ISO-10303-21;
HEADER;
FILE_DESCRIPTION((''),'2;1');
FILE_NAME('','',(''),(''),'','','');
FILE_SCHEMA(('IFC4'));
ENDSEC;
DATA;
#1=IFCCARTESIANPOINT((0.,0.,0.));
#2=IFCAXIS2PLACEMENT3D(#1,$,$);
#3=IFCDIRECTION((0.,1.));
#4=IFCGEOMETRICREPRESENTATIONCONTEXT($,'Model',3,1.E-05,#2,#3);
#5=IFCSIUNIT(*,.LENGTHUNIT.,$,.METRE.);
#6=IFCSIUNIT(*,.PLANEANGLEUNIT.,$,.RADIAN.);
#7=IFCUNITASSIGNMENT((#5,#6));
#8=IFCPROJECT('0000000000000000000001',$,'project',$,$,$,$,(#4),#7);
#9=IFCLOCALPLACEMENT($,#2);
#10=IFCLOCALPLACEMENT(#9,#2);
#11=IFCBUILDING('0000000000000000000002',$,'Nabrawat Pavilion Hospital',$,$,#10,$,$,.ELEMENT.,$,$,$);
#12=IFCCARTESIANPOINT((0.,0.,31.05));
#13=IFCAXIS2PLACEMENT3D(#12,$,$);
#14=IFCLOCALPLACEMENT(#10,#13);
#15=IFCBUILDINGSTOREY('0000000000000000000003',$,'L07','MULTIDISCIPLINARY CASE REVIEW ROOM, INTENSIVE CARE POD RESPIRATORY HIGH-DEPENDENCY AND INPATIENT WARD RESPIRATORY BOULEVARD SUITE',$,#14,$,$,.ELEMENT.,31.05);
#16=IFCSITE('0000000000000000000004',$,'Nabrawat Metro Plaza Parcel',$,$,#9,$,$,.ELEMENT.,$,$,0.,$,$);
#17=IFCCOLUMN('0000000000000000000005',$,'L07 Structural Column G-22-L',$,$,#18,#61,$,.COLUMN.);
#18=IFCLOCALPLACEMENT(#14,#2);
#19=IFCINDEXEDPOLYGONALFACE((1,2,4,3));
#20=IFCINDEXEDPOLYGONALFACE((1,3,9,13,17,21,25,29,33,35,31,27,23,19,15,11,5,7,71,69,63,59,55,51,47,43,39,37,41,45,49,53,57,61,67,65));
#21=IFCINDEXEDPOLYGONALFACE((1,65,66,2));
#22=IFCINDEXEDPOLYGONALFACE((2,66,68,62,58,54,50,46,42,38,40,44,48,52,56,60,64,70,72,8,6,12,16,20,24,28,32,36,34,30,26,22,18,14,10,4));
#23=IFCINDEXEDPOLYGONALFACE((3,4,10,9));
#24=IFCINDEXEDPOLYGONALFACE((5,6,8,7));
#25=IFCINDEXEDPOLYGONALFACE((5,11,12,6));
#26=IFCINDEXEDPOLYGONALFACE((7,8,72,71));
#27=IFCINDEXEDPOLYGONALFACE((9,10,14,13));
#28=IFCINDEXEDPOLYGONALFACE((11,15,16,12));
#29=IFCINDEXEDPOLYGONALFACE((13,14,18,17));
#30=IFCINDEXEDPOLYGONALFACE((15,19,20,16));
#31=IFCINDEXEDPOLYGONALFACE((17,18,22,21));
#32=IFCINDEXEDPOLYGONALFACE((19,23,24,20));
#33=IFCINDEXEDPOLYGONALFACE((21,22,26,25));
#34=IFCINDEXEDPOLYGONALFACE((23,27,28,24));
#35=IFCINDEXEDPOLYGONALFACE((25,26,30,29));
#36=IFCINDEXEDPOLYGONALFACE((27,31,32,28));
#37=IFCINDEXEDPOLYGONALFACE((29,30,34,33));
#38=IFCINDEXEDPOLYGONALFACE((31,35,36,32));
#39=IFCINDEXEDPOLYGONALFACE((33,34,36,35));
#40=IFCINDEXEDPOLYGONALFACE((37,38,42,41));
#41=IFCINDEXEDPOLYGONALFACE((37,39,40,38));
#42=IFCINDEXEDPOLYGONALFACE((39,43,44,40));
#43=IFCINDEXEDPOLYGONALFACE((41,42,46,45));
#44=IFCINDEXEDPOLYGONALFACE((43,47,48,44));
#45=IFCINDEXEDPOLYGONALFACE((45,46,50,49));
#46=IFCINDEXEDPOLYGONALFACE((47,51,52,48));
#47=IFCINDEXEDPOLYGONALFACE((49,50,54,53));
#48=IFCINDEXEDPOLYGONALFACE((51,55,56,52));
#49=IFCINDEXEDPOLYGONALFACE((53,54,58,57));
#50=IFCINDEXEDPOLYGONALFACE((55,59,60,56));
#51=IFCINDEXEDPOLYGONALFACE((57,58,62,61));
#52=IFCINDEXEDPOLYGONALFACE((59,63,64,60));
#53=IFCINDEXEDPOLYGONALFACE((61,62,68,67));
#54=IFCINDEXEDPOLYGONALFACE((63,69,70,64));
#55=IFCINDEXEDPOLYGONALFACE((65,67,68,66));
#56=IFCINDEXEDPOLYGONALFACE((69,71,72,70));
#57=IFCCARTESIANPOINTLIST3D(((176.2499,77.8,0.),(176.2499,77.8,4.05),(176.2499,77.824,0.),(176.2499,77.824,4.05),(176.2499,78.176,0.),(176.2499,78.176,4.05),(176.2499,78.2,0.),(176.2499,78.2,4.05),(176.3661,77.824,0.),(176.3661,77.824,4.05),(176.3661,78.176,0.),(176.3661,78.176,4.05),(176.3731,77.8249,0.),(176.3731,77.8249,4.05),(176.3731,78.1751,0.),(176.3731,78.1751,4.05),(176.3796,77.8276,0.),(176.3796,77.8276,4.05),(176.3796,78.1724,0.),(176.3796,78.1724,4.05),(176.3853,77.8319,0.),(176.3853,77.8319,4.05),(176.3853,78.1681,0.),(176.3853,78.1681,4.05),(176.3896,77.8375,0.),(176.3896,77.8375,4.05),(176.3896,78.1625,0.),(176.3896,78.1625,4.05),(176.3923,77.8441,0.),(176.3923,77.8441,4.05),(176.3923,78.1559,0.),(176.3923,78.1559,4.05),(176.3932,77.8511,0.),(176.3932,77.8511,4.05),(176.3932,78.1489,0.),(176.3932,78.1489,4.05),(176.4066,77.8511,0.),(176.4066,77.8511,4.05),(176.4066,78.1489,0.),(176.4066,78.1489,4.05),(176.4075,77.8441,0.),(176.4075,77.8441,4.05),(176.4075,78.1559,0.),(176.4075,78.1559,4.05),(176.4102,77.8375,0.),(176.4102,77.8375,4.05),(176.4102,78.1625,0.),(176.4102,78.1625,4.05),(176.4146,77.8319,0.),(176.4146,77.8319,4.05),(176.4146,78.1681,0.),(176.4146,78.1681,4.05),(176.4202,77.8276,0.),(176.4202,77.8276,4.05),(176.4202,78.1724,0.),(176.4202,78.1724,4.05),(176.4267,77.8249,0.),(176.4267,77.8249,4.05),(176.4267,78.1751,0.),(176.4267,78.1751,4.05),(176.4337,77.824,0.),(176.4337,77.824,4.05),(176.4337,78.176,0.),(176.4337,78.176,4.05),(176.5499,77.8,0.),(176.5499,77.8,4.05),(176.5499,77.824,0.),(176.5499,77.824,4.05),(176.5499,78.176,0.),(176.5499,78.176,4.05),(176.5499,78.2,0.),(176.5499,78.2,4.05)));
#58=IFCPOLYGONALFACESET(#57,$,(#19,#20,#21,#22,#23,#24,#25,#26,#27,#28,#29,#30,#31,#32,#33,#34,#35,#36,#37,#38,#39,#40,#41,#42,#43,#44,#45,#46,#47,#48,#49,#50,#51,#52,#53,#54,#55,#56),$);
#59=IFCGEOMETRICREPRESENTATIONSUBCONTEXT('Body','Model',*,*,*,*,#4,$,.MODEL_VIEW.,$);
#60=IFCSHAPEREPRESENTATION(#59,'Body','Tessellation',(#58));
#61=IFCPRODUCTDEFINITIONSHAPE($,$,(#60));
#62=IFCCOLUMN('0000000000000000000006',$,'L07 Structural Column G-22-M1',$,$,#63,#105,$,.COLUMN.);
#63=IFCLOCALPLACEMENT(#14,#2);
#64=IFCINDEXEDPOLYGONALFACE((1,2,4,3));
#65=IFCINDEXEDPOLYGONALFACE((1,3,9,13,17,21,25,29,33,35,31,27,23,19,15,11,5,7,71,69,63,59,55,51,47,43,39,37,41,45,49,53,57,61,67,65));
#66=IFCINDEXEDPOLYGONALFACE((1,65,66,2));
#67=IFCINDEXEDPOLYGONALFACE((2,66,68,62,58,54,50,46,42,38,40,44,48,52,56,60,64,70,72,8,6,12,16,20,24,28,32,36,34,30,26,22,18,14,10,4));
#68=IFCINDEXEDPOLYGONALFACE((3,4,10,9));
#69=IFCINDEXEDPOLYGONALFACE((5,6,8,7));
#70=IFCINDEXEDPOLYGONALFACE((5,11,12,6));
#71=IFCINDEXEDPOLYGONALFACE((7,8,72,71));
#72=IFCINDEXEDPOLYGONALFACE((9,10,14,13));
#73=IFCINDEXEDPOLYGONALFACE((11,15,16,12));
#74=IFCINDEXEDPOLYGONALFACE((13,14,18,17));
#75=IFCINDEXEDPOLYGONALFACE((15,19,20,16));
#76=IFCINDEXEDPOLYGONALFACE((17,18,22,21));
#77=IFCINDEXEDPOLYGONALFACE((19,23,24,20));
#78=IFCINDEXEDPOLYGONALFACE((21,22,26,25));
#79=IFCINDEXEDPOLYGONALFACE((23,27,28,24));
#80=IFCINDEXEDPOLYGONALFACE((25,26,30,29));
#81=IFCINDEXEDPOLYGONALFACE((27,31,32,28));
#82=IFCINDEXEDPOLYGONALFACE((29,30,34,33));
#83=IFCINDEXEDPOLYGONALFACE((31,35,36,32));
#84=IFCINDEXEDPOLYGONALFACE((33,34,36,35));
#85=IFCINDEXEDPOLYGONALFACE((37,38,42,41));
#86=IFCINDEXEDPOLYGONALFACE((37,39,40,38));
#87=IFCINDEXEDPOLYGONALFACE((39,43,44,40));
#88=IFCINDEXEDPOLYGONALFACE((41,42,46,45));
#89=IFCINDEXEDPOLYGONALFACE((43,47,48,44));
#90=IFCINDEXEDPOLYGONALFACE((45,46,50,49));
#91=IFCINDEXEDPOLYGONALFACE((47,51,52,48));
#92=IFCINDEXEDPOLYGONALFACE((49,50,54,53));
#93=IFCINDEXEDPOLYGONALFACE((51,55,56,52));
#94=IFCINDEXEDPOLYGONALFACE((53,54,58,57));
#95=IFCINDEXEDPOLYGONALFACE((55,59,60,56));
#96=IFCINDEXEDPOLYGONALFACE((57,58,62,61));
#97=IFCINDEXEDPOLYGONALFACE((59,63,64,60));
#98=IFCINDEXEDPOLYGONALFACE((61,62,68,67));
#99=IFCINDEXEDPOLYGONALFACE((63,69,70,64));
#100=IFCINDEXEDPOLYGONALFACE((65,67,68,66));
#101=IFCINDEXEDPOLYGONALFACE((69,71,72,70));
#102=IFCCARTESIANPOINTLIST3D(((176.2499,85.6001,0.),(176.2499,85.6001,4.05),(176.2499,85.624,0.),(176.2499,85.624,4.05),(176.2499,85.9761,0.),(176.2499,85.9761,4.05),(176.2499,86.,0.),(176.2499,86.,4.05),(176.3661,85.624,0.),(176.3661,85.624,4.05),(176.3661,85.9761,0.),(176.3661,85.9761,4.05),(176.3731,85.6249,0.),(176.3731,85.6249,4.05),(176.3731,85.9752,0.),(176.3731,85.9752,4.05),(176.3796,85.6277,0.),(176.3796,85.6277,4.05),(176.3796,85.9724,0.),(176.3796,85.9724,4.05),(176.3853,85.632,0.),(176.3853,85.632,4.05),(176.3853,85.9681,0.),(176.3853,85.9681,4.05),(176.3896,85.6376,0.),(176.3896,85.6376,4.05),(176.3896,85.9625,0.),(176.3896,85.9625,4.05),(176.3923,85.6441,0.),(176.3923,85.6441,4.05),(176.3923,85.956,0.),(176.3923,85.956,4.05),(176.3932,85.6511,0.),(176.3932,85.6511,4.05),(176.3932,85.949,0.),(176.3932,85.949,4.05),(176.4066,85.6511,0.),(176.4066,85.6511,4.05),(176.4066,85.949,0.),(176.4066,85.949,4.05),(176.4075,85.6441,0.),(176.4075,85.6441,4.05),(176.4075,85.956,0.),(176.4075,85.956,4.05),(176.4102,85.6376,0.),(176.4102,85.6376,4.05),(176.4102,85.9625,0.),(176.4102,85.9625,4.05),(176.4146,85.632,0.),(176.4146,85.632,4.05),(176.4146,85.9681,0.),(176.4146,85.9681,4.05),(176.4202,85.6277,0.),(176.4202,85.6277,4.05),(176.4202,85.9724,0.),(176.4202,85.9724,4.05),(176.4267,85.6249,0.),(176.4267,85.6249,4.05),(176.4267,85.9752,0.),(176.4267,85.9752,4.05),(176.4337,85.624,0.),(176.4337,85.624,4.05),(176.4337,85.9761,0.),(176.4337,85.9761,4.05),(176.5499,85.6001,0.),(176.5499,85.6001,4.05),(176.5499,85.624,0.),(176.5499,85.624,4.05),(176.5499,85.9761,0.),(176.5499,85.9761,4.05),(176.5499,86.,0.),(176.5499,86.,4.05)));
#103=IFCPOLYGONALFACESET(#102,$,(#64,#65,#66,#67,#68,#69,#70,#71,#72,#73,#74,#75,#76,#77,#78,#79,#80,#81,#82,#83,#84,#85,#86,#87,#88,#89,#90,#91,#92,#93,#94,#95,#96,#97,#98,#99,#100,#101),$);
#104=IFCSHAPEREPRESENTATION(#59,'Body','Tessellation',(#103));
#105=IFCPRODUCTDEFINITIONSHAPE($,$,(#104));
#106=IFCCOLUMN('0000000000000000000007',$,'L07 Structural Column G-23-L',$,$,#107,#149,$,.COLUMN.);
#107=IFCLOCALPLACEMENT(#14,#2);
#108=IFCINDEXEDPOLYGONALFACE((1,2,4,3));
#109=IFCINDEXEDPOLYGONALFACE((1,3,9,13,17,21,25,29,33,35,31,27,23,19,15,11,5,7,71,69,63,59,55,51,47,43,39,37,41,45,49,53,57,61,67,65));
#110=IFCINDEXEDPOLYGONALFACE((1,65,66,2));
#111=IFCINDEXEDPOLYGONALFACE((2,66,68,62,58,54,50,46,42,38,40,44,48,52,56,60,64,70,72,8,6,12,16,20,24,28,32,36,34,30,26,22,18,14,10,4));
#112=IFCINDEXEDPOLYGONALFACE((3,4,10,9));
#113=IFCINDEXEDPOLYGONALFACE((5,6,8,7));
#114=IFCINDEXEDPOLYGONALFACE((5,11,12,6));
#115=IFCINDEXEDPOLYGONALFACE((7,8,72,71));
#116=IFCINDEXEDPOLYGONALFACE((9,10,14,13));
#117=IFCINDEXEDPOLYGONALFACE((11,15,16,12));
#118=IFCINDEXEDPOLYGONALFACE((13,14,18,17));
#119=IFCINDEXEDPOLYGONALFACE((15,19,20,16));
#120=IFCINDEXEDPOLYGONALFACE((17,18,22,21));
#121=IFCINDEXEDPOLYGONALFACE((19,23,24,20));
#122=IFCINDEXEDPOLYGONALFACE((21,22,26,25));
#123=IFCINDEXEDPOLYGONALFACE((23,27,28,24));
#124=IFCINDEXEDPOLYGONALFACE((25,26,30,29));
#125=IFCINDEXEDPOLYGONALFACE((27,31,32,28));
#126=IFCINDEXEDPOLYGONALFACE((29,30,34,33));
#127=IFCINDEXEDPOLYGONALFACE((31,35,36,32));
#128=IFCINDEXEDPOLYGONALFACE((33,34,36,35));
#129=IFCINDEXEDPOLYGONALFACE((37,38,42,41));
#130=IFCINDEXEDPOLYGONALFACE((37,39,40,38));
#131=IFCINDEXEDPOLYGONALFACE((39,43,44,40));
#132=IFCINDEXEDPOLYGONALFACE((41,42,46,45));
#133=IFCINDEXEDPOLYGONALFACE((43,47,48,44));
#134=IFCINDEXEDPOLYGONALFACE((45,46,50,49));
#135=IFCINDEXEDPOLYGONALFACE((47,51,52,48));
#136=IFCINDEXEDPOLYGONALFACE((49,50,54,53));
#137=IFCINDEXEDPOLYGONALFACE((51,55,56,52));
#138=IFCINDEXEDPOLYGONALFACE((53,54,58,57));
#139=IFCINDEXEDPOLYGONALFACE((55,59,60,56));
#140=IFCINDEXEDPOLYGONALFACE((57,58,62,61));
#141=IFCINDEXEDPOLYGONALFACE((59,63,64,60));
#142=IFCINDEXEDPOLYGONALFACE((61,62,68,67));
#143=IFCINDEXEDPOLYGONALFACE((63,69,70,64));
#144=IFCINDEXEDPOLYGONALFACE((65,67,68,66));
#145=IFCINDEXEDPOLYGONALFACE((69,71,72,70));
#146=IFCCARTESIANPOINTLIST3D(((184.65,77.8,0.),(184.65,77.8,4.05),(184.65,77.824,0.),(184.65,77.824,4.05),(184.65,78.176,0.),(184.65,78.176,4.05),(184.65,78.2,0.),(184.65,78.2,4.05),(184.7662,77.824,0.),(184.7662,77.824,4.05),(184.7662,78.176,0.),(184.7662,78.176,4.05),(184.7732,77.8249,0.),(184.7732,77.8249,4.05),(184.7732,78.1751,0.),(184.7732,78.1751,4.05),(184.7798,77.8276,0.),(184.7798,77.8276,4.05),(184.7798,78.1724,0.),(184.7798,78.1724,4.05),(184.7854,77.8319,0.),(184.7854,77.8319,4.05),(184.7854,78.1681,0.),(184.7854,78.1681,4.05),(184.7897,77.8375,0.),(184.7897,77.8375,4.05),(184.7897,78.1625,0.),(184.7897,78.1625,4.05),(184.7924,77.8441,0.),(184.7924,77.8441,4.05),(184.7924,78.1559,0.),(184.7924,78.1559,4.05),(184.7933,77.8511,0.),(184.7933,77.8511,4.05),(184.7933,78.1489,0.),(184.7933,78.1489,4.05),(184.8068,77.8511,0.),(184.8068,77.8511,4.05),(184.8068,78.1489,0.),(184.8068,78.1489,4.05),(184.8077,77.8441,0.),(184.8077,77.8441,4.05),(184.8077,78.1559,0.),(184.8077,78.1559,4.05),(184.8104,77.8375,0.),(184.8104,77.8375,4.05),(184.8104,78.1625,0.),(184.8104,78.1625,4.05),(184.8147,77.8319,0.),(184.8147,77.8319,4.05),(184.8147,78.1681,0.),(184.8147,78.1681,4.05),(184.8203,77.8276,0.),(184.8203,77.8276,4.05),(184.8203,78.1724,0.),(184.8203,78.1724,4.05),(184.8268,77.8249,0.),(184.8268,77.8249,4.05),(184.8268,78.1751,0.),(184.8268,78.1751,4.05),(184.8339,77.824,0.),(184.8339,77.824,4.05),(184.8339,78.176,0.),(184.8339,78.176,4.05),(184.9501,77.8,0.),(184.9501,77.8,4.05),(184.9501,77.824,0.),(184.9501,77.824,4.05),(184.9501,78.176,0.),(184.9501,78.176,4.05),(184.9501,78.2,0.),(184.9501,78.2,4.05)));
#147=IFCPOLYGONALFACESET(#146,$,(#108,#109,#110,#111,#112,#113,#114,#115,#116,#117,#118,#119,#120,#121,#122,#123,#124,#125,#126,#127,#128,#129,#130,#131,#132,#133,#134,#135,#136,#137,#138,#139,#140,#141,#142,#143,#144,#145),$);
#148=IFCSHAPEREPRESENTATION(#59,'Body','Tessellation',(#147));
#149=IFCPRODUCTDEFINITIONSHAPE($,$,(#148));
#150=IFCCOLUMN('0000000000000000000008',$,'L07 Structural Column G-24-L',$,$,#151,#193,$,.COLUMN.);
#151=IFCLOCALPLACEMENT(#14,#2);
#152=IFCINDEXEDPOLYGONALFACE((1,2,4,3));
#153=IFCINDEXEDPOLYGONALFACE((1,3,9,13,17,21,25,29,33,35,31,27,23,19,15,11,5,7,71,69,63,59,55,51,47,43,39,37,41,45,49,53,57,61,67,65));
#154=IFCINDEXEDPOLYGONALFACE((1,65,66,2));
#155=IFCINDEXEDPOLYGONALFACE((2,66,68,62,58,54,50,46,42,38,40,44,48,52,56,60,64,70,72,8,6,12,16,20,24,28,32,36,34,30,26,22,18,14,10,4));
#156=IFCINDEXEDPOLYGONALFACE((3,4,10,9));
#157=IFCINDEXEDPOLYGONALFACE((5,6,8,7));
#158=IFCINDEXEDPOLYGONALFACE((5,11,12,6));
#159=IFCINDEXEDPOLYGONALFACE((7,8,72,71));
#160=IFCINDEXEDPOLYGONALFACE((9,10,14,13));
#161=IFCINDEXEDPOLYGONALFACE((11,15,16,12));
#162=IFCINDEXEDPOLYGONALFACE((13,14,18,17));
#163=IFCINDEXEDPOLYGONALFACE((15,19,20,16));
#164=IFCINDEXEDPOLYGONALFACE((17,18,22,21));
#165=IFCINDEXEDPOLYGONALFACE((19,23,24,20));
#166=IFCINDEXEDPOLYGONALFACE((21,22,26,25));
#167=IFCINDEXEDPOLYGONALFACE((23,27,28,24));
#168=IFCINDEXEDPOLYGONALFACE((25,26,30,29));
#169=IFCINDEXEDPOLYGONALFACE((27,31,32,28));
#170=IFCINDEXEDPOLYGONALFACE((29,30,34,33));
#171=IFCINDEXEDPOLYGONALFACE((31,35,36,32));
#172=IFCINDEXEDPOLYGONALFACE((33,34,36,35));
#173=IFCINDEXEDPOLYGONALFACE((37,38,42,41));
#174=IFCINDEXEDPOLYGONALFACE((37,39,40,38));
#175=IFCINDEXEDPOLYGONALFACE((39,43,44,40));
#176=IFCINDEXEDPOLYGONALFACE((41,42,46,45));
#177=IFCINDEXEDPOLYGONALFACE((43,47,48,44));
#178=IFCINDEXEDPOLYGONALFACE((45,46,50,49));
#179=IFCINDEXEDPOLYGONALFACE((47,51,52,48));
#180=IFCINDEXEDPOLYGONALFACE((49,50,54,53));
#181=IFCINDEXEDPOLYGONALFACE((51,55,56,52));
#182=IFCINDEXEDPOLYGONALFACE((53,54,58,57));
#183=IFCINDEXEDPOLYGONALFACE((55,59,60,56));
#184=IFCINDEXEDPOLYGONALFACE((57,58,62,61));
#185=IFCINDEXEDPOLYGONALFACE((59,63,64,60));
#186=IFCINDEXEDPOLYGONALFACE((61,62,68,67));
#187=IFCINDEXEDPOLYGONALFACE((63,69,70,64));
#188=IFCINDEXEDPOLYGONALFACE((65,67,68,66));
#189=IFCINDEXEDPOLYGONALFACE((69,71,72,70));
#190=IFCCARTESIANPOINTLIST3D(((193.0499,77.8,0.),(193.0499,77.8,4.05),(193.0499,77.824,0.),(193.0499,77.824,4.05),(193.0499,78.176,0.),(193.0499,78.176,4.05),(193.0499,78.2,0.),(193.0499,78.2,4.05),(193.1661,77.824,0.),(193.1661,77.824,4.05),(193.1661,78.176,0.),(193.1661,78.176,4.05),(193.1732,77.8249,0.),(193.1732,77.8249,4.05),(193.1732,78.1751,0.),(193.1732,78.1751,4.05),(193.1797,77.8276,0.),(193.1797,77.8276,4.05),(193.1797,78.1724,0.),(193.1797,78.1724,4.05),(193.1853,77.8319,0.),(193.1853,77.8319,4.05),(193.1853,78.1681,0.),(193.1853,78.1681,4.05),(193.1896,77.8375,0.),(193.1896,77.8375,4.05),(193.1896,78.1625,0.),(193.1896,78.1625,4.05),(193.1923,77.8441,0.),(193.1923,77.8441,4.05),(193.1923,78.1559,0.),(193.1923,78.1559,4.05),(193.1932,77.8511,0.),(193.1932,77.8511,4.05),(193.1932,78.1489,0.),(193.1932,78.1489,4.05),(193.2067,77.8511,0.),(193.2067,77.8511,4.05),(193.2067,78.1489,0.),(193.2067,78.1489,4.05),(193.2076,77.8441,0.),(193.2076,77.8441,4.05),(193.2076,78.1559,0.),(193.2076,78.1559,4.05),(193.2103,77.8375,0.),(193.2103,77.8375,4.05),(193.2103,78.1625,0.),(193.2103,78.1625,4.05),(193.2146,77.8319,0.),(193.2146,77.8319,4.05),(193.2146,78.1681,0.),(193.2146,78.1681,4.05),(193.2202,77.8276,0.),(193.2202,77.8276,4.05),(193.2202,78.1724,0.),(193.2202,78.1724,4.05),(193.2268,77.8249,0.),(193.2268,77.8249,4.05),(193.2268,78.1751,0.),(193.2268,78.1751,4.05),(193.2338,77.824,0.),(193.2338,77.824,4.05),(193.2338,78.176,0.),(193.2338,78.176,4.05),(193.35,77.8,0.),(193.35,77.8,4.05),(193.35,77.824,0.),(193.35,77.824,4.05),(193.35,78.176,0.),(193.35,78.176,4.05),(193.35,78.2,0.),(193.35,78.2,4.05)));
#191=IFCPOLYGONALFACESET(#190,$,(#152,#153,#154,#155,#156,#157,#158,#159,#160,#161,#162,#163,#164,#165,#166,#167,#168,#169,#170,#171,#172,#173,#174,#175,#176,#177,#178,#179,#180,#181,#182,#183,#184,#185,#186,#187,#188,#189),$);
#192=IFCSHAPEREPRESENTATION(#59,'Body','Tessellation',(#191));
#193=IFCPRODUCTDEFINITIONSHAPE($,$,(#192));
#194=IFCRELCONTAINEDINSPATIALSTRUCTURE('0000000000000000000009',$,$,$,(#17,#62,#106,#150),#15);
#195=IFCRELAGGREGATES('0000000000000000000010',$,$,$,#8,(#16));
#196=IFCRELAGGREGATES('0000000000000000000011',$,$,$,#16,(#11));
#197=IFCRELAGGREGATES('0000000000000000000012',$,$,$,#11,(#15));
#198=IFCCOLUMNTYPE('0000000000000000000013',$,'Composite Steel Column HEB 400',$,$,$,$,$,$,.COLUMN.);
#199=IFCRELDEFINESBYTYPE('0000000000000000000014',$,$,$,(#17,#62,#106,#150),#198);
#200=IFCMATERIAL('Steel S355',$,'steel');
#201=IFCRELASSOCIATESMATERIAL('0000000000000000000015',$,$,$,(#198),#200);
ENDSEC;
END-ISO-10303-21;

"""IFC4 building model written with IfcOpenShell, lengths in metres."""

from ifc_helpers import new_model, si_unit, direction, frame, origin, origin_2d, place, context, subcontext, project, spatial, i_section, extrude, material, material_profile, profile_set, type_object, element, save


model = new_model("IFC4")

# Units and contexts
model_context = context("Model", 3, precision=1e-05, world=origin(), true_north=direction((0.0, 1.0)))
body_context = subcontext(model_context, "Body", "Model", "MODEL_VIEW")
ifc_project = project(units=[si_unit("LENGTHUNIT", "METRE"), si_unit("PLANEANGLEUNIT", "RADIAN")], contexts=[model_context])

# Site, building, storey
site_placement = place(None, origin())
site = spatial("IfcSite", under=ifc_project, at=site_placement, Name="Nabrawat Metro Plaza Parcel", CompositionType="ELEMENT", RefElevation=0.0)
building_placement = place(site_placement, origin())
building = spatial("IfcBuilding", under=site, at=building_placement, Name="Nabrawat Pavilion Hospital", CompositionType="ELEMENT")
storey_placement = place(building_placement, frame((0.0, 0.0, 31.05)))
storey = spatial("IfcBuildingStorey", under=building, at=storey_placement, Name="L07", Description="MULTIDISCIPLINARY CASE REVIEW ROOM, INTENSIVE CARE POD RESPIRATORY HIGH-DEPENDENCY AND INPATIENT WARD RESPIRATORY BOULEVARD SUITE", CompositionType="ELEMENT", Elevation=31.05)

# Columns
ifc_material_1 = material(Name="Steel S355", Category="steel")
ifc_material_profile_1 = material_profile(ifc_material_1, i_section(OverallWidth=0.3, OverallDepth=0.3999, WebThickness=0.0134, FlangeThickness=0.0239, FilletRadius=0.0271, at=origin_2d()), Name="HEB 400")
ifc_profile_set_1 = profile_set([ifc_material_profile_1], Name="Steel S355")
column_type = type_object("IfcColumnType", Name="Composite Steel Column HEB 400", PredefinedType="COLUMN", material=ifc_profile_set_1)
for number, where, z_axis, x_axis, name in (
    (1, (176.3999, 78.0, 0.0), (0.0, 0.0, 1.0), (1.0, 0.0, 0.0), "L07 Structural Column G-22-L"),
    (2, (176.3999, 85.8, 0.0), (0.0, 0.0, 1.0), (1.0, 0.0, 0.0), "L07 Structural Column G-22-M1"),
    (3, (184.8, 78.0, 0.0), (0.0, 0.0, 1.0), (1.0, 0.0, 0.0), "L07 Structural Column G-23-L"),
    (4, (193.2, 78.0, 0.0), (0.0, 0.0, 1.0), (1.0, 0.0, 0.0), "L07 Structural Column G-24-L"),
):
    element("IfcColumn", number, at=place(storey_placement, frame(where, z_axis=z_axis, x_axis=x_axis)), inside=storey, type_object=column_type, Name=name, PredefinedType="COLUMN", context=body_context, shape_type="SweptSolid", body=[
        extrude(i_section(OverallWidth=0.3, OverallDepth=0.3999, WebThickness=0.0134, FlangeThickness=0.0239, FilletRadius=0.0271, at=origin_2d()), origin(), (0.0, 0.0, 1.0), 4.05),
    ])

save(model, "model.ifc")
